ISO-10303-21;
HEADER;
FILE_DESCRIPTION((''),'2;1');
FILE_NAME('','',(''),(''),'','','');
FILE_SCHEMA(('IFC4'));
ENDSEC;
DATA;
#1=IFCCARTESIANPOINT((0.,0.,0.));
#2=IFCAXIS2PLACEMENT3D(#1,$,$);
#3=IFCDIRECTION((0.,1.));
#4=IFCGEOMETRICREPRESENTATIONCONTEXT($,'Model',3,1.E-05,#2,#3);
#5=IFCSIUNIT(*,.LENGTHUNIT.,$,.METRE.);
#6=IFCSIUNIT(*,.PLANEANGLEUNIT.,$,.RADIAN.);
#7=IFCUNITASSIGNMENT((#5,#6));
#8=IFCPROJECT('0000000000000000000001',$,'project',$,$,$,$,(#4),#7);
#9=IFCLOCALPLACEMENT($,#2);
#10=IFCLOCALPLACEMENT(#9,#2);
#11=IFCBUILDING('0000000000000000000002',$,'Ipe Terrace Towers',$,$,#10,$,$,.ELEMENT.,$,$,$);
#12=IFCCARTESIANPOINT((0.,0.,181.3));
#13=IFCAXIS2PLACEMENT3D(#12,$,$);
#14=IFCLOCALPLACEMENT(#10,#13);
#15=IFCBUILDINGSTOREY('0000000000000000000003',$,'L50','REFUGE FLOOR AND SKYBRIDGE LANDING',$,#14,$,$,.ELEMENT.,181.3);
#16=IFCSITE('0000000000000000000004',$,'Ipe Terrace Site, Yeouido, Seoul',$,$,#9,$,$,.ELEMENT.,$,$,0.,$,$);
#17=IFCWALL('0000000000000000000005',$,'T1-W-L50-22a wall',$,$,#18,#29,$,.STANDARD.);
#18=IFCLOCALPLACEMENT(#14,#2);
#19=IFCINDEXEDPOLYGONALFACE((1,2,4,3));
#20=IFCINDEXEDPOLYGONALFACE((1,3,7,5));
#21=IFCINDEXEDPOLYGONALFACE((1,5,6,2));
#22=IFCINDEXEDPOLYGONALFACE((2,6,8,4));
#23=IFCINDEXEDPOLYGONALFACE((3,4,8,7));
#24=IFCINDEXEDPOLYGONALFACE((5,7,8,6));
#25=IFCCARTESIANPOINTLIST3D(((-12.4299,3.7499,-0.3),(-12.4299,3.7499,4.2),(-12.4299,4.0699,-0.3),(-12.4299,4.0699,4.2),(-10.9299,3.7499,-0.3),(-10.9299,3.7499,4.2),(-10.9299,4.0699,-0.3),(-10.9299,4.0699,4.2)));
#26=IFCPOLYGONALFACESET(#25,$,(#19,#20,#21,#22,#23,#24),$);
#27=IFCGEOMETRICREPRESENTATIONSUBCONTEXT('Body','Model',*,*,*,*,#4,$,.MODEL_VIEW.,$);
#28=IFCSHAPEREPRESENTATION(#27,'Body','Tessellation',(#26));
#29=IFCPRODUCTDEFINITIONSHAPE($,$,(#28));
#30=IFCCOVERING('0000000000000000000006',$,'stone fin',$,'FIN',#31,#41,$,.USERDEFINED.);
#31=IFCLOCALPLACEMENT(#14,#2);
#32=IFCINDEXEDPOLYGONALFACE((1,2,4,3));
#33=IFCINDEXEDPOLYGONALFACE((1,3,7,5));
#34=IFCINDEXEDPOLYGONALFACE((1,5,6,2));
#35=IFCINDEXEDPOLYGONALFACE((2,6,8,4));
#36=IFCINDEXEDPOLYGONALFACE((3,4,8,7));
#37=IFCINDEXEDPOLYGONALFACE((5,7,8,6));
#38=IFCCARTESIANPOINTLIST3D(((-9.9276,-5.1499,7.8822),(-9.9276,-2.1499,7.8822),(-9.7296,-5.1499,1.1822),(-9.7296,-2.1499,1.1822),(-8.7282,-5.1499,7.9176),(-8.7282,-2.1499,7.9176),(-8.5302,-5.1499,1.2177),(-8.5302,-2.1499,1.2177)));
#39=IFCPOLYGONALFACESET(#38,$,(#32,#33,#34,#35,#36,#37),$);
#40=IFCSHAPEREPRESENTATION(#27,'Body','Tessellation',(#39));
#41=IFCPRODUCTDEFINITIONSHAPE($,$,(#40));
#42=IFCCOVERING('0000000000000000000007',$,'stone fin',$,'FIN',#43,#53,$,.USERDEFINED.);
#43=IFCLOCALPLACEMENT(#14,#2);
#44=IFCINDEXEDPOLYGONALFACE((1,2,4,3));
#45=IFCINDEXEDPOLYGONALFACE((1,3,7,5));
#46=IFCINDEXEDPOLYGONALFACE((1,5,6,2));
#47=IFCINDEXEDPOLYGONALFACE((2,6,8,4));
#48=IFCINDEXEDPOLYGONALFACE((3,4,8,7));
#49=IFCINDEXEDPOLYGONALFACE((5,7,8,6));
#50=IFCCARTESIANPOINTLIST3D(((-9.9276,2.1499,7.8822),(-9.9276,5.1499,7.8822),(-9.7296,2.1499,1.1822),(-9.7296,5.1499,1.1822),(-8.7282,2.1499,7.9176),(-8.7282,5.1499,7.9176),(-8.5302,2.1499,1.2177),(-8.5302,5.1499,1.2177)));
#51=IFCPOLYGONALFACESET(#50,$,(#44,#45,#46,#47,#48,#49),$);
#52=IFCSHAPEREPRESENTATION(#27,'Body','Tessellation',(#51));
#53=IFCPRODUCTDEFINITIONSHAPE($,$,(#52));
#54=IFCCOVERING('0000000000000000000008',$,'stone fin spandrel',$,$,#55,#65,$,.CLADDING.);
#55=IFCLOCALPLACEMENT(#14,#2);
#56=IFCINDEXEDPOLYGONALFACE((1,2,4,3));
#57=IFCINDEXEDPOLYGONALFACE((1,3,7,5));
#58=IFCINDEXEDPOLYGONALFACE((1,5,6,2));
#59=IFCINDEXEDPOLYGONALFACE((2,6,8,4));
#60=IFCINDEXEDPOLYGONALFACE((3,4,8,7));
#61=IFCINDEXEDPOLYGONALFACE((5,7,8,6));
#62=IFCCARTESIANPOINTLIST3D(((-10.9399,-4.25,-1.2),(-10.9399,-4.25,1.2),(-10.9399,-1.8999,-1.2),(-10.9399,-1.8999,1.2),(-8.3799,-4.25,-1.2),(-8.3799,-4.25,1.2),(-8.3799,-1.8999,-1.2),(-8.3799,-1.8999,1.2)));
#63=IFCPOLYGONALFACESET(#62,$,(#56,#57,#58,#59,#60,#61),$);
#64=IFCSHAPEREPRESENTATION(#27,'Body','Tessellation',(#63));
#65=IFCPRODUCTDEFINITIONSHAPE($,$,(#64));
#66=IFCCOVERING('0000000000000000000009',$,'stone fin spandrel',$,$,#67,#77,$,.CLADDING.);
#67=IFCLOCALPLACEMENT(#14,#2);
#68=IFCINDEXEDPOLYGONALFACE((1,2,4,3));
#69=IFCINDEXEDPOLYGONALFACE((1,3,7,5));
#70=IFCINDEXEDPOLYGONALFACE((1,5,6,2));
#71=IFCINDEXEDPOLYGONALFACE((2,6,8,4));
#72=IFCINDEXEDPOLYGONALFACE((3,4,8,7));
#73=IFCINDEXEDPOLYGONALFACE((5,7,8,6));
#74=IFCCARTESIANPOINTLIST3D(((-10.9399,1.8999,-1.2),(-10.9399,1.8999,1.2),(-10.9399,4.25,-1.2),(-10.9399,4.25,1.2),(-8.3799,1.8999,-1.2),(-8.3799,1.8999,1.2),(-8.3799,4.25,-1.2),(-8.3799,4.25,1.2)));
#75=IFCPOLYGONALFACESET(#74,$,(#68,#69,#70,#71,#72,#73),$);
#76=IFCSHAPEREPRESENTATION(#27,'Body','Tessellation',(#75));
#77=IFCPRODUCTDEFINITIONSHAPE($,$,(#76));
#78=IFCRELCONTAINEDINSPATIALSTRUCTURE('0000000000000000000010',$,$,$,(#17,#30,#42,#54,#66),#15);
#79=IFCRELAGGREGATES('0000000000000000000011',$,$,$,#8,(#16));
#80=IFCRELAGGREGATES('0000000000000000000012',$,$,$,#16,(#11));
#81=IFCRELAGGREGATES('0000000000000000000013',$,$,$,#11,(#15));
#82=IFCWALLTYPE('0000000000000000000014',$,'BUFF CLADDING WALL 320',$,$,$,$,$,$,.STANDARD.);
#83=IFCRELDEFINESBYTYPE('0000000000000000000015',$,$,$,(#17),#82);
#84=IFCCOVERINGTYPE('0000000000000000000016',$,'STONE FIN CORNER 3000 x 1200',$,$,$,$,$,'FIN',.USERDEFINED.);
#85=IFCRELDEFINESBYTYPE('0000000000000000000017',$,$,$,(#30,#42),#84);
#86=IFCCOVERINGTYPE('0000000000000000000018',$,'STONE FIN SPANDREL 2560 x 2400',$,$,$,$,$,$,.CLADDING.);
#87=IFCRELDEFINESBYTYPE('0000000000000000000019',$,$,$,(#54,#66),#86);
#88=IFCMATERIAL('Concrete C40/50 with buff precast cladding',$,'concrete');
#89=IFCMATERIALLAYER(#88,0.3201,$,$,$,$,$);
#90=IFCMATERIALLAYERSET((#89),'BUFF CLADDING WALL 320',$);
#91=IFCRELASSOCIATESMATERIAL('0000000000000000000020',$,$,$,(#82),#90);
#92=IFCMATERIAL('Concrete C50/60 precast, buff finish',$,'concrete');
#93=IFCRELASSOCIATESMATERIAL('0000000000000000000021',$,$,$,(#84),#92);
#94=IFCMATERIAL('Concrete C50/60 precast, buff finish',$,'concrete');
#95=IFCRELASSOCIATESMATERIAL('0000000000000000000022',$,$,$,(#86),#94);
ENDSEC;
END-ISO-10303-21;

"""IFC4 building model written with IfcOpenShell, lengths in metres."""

from ifc_helpers import new_model, si_unit, direction, frame, frame_2d, origin, origin_2d, place, context, subcontext, project, spatial, rectangle, extrude, material, layer, layer_set, material_profile, profile_set, type_object, element, save


model = new_model("IFC4")

# Units and contexts
model_context = context("Model", 3, precision=1e-05, world=origin(), true_north=direction((0.0, 1.0)))
body_context = subcontext(model_context, "Body", "Model", "MODEL_VIEW")
ifc_project = project(units=[si_unit("LENGTHUNIT", "METRE"), si_unit("PLANEANGLEUNIT", "RADIAN")], contexts=[model_context])

# Site, building, storey
site_placement = place(None, origin())
site = spatial("IfcSite", under=ifc_project, at=site_placement, Name="Ipe Terrace Site, Yeouido, Seoul", CompositionType="ELEMENT", RefElevation=0.0)
building_placement = place(site_placement, origin())
building = spatial("IfcBuilding", under=site, at=building_placement, Name="Ipe Terrace Towers", CompositionType="ELEMENT")
storey_placement = place(building_placement, frame((0.0, 0.0, 181.3)))
storey = spatial("IfcBuildingStorey", under=building, at=storey_placement, Name="L50", Description="REFUGE FLOOR AND SKYBRIDGE LANDING", CompositionType="ELEMENT", Elevation=181.3)

# Wall
ifc_material_1 = material(Name="Concrete C40/50 with buff precast cladding", Category="concrete")
ifc_layer_1 = layer(ifc_material_1, 0.3201)
ifc_layer_set_1 = layer_set([ifc_layer_1], Name="BUFF CLADDING WALL 320")
wall_type = type_object("IfcWallType", Name="BUFF CLADDING WALL 320", PredefinedType="STANDARD", material=ifc_layer_set_1)
wall_placement = place(storey_placement, frame((-10.9299, 3.9099, -0.3), z_axis=(0.0, 0.0, 1.0), x_axis=(-1.0, 0.0, 0.0)))
element("IfcWall", 1, at=wall_placement, inside=storey, type_object=wall_type, Name="T1-W-L50-22a wall", PredefinedType="STANDARD", context=body_context, shape_type="SweptSolid", body=[
    extrude(rectangle(XDim=1.5, YDim=0.3201, at=frame_2d((0.75, 0.0))), origin(), (0.0, 0.0, 1.0), 4.5),
])

# Coverings
ifc_material_2 = material(Name="Concrete C50/60 precast, buff finish", Category="concrete")
ifc_material_profile_1 = material_profile(ifc_material_2, rectangle(XDim=3.0, YDim=1.2, at=origin_2d()), Name="STONE FIN CORNER 3000 x 1200")
ifc_profile_set_1 = profile_set([ifc_material_profile_1], Name="Concrete C50/60 precast, buff finish")
covering_type_1 = type_object("IfcCoveringType", Name="STONE FIN CORNER 3000 x 1200", ElementType="FIN", PredefinedType="USERDEFINED", material=ifc_profile_set_1)
for number, where, z_axis, x_axis, name in (
    (2, (-9.1299, -3.6499, 1.2), (-0.029539, 0.0, 0.999564), (0.0, 1.0, 0.0), "stone fin"),
    (3, (-9.1299, 3.6499, 1.2), (-0.029539, 0.0, 0.999564), (0.0, 1.0, 0.0), "stone fin"),
):
    element("IfcCovering", number, at=place(storey_placement, frame(where, z_axis=z_axis, x_axis=x_axis)), inside=storey, type_object=covering_type_1, Name=name, ObjectType="FIN", PredefinedType="USERDEFINED", context=body_context, shape_type="SweptSolid", body=[
        extrude(rectangle(XDim=3.0, YDim=1.2, at=origin_2d()), origin(), (0.0, 0.0, 1.0), 6.7029),
    ])
ifc_material_3 = material(Name="Concrete C50/60 precast, buff finish", Category="concrete")
ifc_material_profile_2 = material_profile(ifc_material_3, rectangle(XDim=2.5601, YDim=2.3999, at=origin_2d()), Name="STONE FIN SPANDREL 2560 x 2400")
ifc_profile_set_2 = profile_set([ifc_material_profile_2], Name="Concrete C50/60 precast, buff finish")
covering_type_2 = type_object("IfcCoveringType", Name="STONE FIN SPANDREL 2560 x 2400", PredefinedType="CLADDING", material=ifc_profile_set_2)
for number, where, z_axis, x_axis, name in (
    (4, (-9.6599, -4.25, 0.0), (0.0, 1.0, 0.0), (1.0, 0.0, 0.0), "stone fin spandrel"),
    (5, (-9.6599, 1.8999, 0.0), (0.0, 1.0, 0.0), (1.0, 0.0, 0.0), "stone fin spandrel"),
):
    element("IfcCovering", number, at=place(storey_placement, frame(where, z_axis=z_axis, x_axis=x_axis)), inside=storey, type_object=covering_type_2, Name=name, PredefinedType="CLADDING", context=body_context, shape_type="SweptSolid", body=[
        extrude(rectangle(XDim=2.5601, YDim=2.3999, at=origin_2d()), origin(), (0.0, 0.0, 1.0), 2.3501),
    ])

save(model, "model.ifc")
